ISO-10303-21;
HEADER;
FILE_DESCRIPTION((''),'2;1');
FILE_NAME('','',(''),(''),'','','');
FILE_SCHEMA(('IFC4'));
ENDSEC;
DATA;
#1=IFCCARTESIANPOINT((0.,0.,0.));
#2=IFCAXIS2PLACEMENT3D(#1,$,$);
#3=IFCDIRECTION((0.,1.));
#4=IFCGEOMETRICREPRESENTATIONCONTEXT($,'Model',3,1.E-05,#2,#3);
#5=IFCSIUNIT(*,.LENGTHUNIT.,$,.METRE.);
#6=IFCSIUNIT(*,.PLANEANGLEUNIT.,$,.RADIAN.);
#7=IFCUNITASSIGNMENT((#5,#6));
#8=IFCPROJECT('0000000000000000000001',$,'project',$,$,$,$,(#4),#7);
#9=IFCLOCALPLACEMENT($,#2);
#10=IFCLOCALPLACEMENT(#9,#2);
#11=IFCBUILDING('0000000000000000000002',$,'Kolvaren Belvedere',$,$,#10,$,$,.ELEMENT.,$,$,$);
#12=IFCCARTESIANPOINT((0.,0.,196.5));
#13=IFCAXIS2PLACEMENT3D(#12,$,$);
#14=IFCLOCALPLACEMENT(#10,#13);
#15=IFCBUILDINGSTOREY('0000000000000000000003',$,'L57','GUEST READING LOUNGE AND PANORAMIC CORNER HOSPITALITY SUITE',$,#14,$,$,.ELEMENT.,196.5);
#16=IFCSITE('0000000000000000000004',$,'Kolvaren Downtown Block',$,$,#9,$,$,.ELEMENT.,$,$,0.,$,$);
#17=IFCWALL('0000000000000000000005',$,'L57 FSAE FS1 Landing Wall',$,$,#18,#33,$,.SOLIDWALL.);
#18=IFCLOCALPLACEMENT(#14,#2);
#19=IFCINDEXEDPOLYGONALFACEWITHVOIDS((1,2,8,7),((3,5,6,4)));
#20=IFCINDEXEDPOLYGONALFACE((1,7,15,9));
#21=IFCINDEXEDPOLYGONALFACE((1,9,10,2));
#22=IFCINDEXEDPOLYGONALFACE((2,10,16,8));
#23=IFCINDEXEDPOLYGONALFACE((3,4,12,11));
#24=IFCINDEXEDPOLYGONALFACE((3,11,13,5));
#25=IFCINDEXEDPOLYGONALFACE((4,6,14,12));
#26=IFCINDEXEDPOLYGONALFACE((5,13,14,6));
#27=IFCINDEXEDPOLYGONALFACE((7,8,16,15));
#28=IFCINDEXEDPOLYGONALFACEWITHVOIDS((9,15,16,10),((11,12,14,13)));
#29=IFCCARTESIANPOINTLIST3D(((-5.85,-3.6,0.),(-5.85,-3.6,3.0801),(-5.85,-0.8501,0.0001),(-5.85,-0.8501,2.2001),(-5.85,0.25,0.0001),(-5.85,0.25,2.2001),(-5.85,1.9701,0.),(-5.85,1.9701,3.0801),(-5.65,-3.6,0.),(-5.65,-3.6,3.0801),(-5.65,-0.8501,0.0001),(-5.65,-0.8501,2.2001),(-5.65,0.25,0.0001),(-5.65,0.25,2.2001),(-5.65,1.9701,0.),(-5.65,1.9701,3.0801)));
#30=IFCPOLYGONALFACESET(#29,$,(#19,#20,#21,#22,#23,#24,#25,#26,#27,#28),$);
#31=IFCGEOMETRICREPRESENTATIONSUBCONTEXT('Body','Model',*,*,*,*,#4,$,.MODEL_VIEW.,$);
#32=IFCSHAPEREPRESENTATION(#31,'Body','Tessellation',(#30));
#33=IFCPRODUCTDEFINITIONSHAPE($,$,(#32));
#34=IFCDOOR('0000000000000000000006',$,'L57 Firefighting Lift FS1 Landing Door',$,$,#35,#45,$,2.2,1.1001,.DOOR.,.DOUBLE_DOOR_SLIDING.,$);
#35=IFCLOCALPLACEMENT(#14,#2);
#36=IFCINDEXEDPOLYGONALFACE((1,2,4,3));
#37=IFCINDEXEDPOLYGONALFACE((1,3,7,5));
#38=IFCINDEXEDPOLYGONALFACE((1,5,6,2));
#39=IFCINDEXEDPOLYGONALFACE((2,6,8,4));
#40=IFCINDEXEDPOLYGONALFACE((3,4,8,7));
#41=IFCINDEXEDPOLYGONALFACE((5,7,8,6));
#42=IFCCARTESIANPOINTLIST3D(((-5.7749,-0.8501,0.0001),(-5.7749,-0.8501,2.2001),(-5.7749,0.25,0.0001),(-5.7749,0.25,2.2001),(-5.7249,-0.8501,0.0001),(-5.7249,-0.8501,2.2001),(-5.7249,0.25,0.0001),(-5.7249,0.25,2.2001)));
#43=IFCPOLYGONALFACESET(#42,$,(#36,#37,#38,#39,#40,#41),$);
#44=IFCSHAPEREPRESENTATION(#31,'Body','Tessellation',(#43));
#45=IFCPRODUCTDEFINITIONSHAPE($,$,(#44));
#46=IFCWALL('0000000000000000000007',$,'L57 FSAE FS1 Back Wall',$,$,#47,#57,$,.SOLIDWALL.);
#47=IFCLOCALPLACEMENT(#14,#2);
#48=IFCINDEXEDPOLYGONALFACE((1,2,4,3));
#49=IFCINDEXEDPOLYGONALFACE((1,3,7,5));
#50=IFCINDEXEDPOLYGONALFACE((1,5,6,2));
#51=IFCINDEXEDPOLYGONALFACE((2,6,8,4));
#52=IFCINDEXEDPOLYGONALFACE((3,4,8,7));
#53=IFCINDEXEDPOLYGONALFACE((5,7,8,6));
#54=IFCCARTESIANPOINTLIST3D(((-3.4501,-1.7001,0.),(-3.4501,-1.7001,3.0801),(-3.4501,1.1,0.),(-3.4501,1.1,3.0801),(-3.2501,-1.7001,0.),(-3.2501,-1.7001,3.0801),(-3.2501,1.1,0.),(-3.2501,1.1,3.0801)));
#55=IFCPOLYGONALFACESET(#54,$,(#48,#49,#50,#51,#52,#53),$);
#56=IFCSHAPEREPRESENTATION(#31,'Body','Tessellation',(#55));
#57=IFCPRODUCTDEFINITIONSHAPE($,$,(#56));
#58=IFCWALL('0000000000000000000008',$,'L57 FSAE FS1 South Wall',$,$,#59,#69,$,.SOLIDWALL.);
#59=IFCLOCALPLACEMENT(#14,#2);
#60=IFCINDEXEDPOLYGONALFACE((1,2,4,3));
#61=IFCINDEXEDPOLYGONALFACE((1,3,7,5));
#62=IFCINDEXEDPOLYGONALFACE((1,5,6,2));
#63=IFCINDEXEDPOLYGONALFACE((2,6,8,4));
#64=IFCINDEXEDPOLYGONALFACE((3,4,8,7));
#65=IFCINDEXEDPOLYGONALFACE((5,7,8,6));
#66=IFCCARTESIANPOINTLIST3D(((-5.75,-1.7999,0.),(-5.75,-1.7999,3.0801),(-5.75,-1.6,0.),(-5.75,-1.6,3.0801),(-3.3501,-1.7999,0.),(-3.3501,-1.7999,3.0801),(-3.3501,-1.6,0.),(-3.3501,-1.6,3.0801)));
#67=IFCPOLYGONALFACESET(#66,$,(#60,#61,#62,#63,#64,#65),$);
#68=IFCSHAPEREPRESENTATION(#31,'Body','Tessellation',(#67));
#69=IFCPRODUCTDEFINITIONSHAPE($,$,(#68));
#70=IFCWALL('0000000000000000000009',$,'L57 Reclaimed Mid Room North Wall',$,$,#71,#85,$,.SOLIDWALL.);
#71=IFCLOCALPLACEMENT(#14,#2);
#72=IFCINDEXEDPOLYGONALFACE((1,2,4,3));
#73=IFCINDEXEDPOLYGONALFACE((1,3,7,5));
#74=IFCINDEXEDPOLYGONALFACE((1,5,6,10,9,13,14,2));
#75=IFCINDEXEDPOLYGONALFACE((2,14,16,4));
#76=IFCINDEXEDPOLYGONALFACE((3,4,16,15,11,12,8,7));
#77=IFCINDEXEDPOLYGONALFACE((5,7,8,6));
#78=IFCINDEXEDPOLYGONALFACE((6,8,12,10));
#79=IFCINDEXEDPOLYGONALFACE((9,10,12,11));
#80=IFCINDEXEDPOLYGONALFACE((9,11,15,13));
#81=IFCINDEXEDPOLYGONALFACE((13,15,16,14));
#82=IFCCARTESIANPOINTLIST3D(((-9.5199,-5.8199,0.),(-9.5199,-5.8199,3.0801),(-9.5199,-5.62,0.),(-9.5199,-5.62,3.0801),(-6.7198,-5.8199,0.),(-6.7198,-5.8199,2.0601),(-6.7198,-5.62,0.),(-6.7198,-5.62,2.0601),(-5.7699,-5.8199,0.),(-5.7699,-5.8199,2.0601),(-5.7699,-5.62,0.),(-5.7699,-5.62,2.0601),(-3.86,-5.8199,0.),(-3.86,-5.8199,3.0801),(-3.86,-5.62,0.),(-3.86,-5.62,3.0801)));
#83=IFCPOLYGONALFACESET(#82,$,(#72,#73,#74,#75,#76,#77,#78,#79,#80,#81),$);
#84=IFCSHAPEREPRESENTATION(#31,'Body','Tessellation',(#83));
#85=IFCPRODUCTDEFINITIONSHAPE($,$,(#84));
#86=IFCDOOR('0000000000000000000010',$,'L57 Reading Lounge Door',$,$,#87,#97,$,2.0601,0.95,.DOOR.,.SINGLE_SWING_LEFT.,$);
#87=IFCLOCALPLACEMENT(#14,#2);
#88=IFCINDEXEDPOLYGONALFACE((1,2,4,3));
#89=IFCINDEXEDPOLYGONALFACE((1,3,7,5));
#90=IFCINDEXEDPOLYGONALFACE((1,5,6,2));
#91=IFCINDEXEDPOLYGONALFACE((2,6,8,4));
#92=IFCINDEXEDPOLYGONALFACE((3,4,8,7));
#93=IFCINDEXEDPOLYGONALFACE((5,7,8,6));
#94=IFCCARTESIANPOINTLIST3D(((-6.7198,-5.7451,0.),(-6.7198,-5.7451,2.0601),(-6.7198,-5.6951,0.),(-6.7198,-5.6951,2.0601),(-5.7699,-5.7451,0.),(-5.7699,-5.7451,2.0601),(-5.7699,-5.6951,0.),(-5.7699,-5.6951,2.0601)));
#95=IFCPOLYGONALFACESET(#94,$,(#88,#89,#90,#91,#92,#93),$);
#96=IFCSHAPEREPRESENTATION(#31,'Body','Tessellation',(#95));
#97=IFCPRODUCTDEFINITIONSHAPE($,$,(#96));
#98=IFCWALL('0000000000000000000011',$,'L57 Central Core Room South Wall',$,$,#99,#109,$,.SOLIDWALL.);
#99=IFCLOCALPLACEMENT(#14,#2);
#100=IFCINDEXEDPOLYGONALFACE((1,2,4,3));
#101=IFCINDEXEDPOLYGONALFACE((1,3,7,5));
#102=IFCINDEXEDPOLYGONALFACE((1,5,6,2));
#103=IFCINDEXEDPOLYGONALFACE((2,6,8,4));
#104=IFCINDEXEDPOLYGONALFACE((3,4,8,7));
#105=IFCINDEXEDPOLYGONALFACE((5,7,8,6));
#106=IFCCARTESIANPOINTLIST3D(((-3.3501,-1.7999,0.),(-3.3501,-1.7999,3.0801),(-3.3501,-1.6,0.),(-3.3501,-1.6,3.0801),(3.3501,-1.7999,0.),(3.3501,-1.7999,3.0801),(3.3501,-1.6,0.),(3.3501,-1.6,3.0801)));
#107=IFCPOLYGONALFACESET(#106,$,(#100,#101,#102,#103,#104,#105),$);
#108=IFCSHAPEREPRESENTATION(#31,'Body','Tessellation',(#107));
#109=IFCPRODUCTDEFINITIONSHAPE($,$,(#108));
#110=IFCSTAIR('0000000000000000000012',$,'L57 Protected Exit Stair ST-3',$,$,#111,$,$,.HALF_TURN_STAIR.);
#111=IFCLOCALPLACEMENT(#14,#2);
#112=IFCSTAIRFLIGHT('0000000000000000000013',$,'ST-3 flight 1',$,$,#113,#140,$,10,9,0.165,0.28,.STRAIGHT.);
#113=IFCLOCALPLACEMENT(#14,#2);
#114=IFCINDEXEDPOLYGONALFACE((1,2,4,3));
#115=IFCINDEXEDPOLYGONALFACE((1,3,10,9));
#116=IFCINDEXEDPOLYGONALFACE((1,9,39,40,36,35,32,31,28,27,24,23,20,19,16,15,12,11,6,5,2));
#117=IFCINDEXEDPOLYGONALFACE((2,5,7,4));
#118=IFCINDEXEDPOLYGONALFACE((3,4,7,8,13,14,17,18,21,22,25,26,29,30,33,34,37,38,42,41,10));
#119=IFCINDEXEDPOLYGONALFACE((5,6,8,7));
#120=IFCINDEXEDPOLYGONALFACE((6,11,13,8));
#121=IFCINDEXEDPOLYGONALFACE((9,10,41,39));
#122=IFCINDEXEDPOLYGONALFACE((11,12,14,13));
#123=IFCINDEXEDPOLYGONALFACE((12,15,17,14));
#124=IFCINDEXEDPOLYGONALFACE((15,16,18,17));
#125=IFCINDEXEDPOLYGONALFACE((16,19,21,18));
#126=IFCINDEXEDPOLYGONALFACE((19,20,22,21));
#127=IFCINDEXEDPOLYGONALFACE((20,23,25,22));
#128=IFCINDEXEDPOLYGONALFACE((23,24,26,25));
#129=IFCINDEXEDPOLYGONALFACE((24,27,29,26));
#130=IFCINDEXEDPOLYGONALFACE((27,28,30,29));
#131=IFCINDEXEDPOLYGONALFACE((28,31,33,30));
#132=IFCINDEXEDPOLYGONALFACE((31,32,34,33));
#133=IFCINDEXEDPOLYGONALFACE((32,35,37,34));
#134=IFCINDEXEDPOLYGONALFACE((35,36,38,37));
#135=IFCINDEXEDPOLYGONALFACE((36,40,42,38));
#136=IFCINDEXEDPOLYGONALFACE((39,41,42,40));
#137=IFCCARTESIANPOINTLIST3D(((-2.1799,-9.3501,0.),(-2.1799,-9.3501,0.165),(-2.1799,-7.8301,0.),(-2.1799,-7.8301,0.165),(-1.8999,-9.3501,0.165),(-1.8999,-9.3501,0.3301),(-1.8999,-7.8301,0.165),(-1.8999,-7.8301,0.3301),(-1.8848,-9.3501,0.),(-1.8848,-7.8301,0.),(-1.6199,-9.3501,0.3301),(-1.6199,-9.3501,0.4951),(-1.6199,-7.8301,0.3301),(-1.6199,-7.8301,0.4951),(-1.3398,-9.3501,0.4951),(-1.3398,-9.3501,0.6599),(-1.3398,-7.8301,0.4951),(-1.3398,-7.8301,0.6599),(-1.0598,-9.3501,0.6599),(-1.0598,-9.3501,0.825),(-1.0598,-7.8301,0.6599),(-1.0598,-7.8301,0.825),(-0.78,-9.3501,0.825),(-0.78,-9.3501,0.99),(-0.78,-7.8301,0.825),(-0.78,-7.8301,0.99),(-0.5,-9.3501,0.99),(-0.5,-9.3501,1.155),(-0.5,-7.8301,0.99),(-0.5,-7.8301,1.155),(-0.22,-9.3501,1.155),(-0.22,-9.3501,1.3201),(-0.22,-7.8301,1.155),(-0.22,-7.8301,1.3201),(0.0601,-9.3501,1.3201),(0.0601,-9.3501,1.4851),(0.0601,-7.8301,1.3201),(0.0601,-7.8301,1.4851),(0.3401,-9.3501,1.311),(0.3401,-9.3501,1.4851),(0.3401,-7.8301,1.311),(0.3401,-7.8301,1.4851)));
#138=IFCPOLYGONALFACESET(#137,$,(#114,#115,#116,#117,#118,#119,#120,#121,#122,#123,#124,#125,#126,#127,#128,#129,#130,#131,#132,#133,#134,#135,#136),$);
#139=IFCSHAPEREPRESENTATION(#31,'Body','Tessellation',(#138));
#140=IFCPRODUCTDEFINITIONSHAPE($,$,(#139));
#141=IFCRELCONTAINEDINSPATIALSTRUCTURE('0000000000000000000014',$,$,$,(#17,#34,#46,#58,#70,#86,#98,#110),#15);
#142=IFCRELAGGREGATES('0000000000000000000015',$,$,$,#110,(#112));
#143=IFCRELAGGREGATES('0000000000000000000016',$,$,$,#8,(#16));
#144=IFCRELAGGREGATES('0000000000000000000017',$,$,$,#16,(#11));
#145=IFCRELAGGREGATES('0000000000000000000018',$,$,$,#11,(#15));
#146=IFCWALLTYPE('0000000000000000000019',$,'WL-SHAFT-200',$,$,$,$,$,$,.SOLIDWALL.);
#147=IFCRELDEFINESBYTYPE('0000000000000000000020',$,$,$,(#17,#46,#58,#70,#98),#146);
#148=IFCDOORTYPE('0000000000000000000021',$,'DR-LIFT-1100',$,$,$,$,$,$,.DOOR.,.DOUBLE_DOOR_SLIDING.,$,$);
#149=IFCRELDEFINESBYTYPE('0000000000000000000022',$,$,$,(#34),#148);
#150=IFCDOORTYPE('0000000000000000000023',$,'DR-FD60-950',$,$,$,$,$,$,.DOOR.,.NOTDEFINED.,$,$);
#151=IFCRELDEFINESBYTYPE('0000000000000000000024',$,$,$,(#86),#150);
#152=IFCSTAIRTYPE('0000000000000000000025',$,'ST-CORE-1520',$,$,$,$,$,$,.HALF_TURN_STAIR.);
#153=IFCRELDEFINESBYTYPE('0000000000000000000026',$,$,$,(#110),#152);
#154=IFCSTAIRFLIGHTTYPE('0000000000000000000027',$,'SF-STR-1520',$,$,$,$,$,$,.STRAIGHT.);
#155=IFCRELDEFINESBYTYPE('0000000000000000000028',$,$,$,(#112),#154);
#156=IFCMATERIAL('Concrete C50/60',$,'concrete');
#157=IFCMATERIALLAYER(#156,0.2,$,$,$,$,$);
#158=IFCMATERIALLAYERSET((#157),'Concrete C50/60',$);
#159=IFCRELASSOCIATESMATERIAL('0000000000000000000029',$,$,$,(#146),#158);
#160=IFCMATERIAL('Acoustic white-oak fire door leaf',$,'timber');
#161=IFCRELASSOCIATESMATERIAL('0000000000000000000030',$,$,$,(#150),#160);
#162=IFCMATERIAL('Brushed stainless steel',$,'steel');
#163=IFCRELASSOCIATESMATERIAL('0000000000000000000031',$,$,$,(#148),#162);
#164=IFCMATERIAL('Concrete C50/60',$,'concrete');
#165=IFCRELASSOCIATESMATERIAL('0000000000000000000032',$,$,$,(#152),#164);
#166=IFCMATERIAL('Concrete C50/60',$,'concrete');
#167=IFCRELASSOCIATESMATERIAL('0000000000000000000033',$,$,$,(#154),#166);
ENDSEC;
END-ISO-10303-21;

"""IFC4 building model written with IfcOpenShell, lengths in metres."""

from ifc_helpers import new_model, si_unit, direction, frame, frame_2d, origin, place, context, subcontext, project, spatial, polyline, rectangle, outline, extrude, material, layer, layer_set, type_object, element, fill, aggregate, save


model = new_model("IFC4")

# Units and contexts
model_context = context("Model", 3, precision=1e-05, world=origin(), true_north=direction((0.0, 1.0)))
body_context = subcontext(model_context, "Body", "Model", "MODEL_VIEW")
ifc_project = project(units=[si_unit("LENGTHUNIT", "METRE"), si_unit("PLANEANGLEUNIT", "RADIAN")], contexts=[model_context])

# Site, building, storey
site_placement = place(None, origin())
site = spatial("IfcSite", under=ifc_project, at=site_placement, Name="Kolvaren Downtown Block", CompositionType="ELEMENT", RefElevation=0.0)
building_placement = place(site_placement, origin())
building = spatial("IfcBuilding", under=site, at=building_placement, Name="Kolvaren Belvedere", CompositionType="ELEMENT")
storey_placement = place(building_placement, frame((0.0, 0.0, 196.5)))
storey = spatial("IfcBuildingStorey", under=building, at=storey_placement, Name="L57", Description="GUEST READING LOUNGE AND PANORAMIC CORNER HOSPITALITY SUITE", CompositionType="ELEMENT", Elevation=196.5)

# Wall, opening, door
ifc_material_1 = material(Name="Concrete C50/60", Category="concrete")
ifc_layer_1 = layer(ifc_material_1, 0.2)
ifc_layer_set_1 = layer_set([ifc_layer_1], Name="Concrete C50/60")
wall_type_1 = type_object("IfcWallType", Name="WL-SHAFT-200", PredefinedType="SOLIDWALL", material=ifc_layer_set_1)
ifc_material_2 = material(Name="Acoustic white-oak fire door leaf", Category="timber")
door_type_1 = type_object("IfcDoorType", Name="DR-FD60-950", OperationType="NOTDEFINED", PredefinedType="DOOR", material=ifc_material_2)
wall_1_placement = place(storey_placement, frame((-5.75, -3.6001, 0.0), z_axis=(0.0, 0.0, 1.0), x_axis=(0.0, 1.0, 0.0)))
wall_1 = element("IfcWall", 1, at=wall_1_placement, inside=storey, type_object=wall_type_1, Name="L57 FSAE FS1 Landing Wall", PredefinedType="SOLIDWALL", context=body_context, shape_type="SweptSolid", body=[
    extrude(rectangle(XDim=5.5701, YDim=0.2, at=frame_2d((2.7852, 0.0))), origin(), (0.0, 0.0, 1.0), 3.0801),
])
opening_1_placement = place(wall_1_placement, frame((2.75, 0.0, 0.0)))
opening_1 = element("IfcOpeningElement", 2, at=opening_1_placement, cuts=wall_1, PredefinedType="OPENING", context=body_context, shape_type="SweptSolid", body=[
    extrude(rectangle(XDim=1.1001, YDim=2.2, at=frame_2d((0.55, 1.1001))), frame((0.0, 0.1099, 0.0), z_axis=(0.0, -1.0, 0.0), x_axis=(1.0, 0.0, 0.0)), (0.0, 0.0, 1.0), 0.22),
])
ifc_material_3 = material(Name="Brushed stainless steel", Category="steel")
door_type_2 = type_object("IfcDoorType", Name="DR-LIFT-1100", OperationType="DOUBLE_DOOR_SLIDING", PredefinedType="DOOR", material=ifc_material_3)
door_1_placement = place(opening_1_placement, origin())
door_1 = element("IfcDoor", 3, at=door_1_placement, inside=storey, type_object=door_type_2, Name="L57 Firefighting Lift FS1 Landing Door", OperationType="DOUBLE_DOOR_SLIDING", OverallHeight=2.2, OverallWidth=1.1001, PredefinedType="DOOR", context=body_context, shape_type="SweptSolid", body=[
    extrude(rectangle(XDim=1.1001, YDim=2.2, at=frame_2d((0.55, 1.1001))), frame((0.0, 0.0249, 0.0), z_axis=(0.0, -1.0, 0.0), x_axis=(1.0, 0.0, 0.0)), (0.0, 0.0, 1.0), 0.05),
])
fill(opening_1, door_1)

# Walls
wall_2_placement = place(storey_placement, frame((-3.3501, -1.7, 0.0), z_axis=(0.0, 0.0, 1.0), x_axis=(0.0, 1.0, 0.0)))
element("IfcWall", 4, at=wall_2_placement, inside=storey, type_object=wall_type_1, Name="L57 FSAE FS1 Back Wall", PredefinedType="SOLIDWALL", context=body_context, shape_type="SweptSolid", body=[
    extrude(rectangle(XDim=2.8, YDim=0.2, at=frame_2d((1.3999, 0.0))), origin(), (0.0, 0.0, 1.0), 3.0801),
])
wall_3_placement = place(storey_placement, frame((-5.75, -1.7, 0.0), z_axis=(0.0, 0.0, 1.0), x_axis=(1.0, 0.0, 0.0)))
element("IfcWall", 5, at=wall_3_placement, inside=storey, type_object=wall_type_1, Name="L57 FSAE FS1 South Wall", PredefinedType="SOLIDWALL", context=body_context, shape_type="SweptSolid", body=[
    extrude(rectangle(XDim=2.3999, YDim=0.2, at=frame_2d((1.2, 0.0))), origin(), (0.0, 0.0, 1.0), 3.0801),
])

# Wall, opening, door
wall_4_placement = place(storey_placement, frame((-9.52, -5.72, 0.0), z_axis=(0.0, 0.0, 1.0), x_axis=(1.0, 0.0, 0.0)))
wall_4 = element("IfcWall", 6, at=wall_4_placement, inside=storey, type_object=wall_type_1, Name="L57 Reclaimed Mid Room North Wall", PredefinedType="SOLIDWALL", context=body_context, shape_type="SweptSolid", body=[
    extrude(rectangle(XDim=5.6599, YDim=0.2, at=frame_2d((2.8301, 0.0))), origin(), (0.0, 0.0, 1.0), 3.0801),
])
opening_2_placement = place(wall_4_placement, frame((2.8, 0.0, 0.0)))
opening_2 = element("IfcOpeningElement", 7, at=opening_2_placement, cuts=wall_4, PredefinedType="OPENING", context=body_context, shape_type="SweptSolid", body=[
    extrude(rectangle(XDim=0.95, YDim=2.0601, at=frame_2d((0.4751, 1.03))), frame((0.0, 0.1099, 0.0), z_axis=(0.0, -1.0, 0.0), x_axis=(1.0, 0.0, 0.0)), (0.0, 0.0, 1.0), 0.22),
])
door_2_placement = place(opening_2_placement, origin())
door_2 = element("IfcDoor", 8, at=door_2_placement, inside=storey, type_object=door_type_1, Name="L57 Reading Lounge Door", OperationType="SINGLE_SWING_LEFT", OverallHeight=2.0601, OverallWidth=0.95, PredefinedType="DOOR", context=body_context, shape_type="SweptSolid", body=[
    extrude(rectangle(XDim=0.95, YDim=2.0601, at=frame_2d((0.4751, 1.03))), frame((0.0, 0.0249, 0.0), z_axis=(0.0, -1.0, 0.0), x_axis=(1.0, 0.0, 0.0)), (0.0, 0.0, 1.0), 0.05),
])
fill(opening_2, door_2)

# Wall
wall_5_placement = place(storey_placement, frame((-3.3501, -1.7, 0.0), z_axis=(0.0, 0.0, 1.0), x_axis=(1.0, 0.0, 0.0)))
element("IfcWall", 9, at=wall_5_placement, inside=storey, type_object=wall_type_1, Name="L57 Central Core Room South Wall", PredefinedType="SOLIDWALL", context=body_context, shape_type="SweptSolid", body=[
    extrude(rectangle(XDim=6.7002, YDim=0.2, at=frame_2d((3.3501, 0.0))), origin(), (0.0, 0.0, 1.0), 3.0801),
])

# Stair, stair flight
ifc_material_4 = material(Name="Concrete C50/60", Category="concrete")
stair_type = type_object("IfcStairType", Name="ST-CORE-1520", PredefinedType="HALF_TURN_STAIR", material=ifc_material_4)
stair_placement = place(storey_placement, origin())
stair = element("IfcStair", 10, at=stair_placement, inside=storey, type_object=stair_type, Name="L57 Protected Exit Stair ST-3", PredefinedType="HALF_TURN_STAIR")
ifc_material_5 = material(Name="Concrete C50/60", Category="concrete")
stair_flight_type = type_object("IfcStairFlightType", Name="SF-STR-1520", PredefinedType="STRAIGHT", material=ifc_material_5)
stair_flight_placement = place(storey_placement, frame((-2.1799, -8.5901, 0.0), z_axis=(0.0, 0.0, 1.0), x_axis=(1.0, 0.0, 0.0)))
stair_flight = element("IfcStairFlight", 11, at=stair_flight_placement, type_object=stair_flight_type, Name="ST-3 flight 1", NumberOfRisers=10, NumberOfTreads=9, PredefinedType="STRAIGHT", RiserHeight=0.165, TreadLength=0.28, context=body_context, shape_type="SweptSolid", body=[
    extrude(outline(polyline([(0.0, 0.0), (0.0, 0.165), (0.28, 0.165), (0.28, 0.3301), (0.5601, 0.3301), (0.5601, 0.4951), (0.8401, 0.4951), (0.8401, 0.6599), (1.1201, 0.6599), (1.1201, 0.825), (1.3999, 0.825), (1.3999, 0.99), (1.6799, 0.99), (1.6799, 1.155), (1.96, 1.155), (1.96, 1.3201), (2.24, 1.3201), (2.24, 1.4851), (2.52, 1.4851), (2.52, 1.6499), (2.52, 1.311), (0.2952, 0.0), (0.0, 0.0)])), frame((0.0, 0.76, 0.0), z_axis=(0.0, -1.0, 0.0), x_axis=(1.0, 0.0, 0.0)), (0.0, 0.0, 1.0), 1.52),
])
aggregate(stair, [stair_flight])

save(model, "model.ifc")
